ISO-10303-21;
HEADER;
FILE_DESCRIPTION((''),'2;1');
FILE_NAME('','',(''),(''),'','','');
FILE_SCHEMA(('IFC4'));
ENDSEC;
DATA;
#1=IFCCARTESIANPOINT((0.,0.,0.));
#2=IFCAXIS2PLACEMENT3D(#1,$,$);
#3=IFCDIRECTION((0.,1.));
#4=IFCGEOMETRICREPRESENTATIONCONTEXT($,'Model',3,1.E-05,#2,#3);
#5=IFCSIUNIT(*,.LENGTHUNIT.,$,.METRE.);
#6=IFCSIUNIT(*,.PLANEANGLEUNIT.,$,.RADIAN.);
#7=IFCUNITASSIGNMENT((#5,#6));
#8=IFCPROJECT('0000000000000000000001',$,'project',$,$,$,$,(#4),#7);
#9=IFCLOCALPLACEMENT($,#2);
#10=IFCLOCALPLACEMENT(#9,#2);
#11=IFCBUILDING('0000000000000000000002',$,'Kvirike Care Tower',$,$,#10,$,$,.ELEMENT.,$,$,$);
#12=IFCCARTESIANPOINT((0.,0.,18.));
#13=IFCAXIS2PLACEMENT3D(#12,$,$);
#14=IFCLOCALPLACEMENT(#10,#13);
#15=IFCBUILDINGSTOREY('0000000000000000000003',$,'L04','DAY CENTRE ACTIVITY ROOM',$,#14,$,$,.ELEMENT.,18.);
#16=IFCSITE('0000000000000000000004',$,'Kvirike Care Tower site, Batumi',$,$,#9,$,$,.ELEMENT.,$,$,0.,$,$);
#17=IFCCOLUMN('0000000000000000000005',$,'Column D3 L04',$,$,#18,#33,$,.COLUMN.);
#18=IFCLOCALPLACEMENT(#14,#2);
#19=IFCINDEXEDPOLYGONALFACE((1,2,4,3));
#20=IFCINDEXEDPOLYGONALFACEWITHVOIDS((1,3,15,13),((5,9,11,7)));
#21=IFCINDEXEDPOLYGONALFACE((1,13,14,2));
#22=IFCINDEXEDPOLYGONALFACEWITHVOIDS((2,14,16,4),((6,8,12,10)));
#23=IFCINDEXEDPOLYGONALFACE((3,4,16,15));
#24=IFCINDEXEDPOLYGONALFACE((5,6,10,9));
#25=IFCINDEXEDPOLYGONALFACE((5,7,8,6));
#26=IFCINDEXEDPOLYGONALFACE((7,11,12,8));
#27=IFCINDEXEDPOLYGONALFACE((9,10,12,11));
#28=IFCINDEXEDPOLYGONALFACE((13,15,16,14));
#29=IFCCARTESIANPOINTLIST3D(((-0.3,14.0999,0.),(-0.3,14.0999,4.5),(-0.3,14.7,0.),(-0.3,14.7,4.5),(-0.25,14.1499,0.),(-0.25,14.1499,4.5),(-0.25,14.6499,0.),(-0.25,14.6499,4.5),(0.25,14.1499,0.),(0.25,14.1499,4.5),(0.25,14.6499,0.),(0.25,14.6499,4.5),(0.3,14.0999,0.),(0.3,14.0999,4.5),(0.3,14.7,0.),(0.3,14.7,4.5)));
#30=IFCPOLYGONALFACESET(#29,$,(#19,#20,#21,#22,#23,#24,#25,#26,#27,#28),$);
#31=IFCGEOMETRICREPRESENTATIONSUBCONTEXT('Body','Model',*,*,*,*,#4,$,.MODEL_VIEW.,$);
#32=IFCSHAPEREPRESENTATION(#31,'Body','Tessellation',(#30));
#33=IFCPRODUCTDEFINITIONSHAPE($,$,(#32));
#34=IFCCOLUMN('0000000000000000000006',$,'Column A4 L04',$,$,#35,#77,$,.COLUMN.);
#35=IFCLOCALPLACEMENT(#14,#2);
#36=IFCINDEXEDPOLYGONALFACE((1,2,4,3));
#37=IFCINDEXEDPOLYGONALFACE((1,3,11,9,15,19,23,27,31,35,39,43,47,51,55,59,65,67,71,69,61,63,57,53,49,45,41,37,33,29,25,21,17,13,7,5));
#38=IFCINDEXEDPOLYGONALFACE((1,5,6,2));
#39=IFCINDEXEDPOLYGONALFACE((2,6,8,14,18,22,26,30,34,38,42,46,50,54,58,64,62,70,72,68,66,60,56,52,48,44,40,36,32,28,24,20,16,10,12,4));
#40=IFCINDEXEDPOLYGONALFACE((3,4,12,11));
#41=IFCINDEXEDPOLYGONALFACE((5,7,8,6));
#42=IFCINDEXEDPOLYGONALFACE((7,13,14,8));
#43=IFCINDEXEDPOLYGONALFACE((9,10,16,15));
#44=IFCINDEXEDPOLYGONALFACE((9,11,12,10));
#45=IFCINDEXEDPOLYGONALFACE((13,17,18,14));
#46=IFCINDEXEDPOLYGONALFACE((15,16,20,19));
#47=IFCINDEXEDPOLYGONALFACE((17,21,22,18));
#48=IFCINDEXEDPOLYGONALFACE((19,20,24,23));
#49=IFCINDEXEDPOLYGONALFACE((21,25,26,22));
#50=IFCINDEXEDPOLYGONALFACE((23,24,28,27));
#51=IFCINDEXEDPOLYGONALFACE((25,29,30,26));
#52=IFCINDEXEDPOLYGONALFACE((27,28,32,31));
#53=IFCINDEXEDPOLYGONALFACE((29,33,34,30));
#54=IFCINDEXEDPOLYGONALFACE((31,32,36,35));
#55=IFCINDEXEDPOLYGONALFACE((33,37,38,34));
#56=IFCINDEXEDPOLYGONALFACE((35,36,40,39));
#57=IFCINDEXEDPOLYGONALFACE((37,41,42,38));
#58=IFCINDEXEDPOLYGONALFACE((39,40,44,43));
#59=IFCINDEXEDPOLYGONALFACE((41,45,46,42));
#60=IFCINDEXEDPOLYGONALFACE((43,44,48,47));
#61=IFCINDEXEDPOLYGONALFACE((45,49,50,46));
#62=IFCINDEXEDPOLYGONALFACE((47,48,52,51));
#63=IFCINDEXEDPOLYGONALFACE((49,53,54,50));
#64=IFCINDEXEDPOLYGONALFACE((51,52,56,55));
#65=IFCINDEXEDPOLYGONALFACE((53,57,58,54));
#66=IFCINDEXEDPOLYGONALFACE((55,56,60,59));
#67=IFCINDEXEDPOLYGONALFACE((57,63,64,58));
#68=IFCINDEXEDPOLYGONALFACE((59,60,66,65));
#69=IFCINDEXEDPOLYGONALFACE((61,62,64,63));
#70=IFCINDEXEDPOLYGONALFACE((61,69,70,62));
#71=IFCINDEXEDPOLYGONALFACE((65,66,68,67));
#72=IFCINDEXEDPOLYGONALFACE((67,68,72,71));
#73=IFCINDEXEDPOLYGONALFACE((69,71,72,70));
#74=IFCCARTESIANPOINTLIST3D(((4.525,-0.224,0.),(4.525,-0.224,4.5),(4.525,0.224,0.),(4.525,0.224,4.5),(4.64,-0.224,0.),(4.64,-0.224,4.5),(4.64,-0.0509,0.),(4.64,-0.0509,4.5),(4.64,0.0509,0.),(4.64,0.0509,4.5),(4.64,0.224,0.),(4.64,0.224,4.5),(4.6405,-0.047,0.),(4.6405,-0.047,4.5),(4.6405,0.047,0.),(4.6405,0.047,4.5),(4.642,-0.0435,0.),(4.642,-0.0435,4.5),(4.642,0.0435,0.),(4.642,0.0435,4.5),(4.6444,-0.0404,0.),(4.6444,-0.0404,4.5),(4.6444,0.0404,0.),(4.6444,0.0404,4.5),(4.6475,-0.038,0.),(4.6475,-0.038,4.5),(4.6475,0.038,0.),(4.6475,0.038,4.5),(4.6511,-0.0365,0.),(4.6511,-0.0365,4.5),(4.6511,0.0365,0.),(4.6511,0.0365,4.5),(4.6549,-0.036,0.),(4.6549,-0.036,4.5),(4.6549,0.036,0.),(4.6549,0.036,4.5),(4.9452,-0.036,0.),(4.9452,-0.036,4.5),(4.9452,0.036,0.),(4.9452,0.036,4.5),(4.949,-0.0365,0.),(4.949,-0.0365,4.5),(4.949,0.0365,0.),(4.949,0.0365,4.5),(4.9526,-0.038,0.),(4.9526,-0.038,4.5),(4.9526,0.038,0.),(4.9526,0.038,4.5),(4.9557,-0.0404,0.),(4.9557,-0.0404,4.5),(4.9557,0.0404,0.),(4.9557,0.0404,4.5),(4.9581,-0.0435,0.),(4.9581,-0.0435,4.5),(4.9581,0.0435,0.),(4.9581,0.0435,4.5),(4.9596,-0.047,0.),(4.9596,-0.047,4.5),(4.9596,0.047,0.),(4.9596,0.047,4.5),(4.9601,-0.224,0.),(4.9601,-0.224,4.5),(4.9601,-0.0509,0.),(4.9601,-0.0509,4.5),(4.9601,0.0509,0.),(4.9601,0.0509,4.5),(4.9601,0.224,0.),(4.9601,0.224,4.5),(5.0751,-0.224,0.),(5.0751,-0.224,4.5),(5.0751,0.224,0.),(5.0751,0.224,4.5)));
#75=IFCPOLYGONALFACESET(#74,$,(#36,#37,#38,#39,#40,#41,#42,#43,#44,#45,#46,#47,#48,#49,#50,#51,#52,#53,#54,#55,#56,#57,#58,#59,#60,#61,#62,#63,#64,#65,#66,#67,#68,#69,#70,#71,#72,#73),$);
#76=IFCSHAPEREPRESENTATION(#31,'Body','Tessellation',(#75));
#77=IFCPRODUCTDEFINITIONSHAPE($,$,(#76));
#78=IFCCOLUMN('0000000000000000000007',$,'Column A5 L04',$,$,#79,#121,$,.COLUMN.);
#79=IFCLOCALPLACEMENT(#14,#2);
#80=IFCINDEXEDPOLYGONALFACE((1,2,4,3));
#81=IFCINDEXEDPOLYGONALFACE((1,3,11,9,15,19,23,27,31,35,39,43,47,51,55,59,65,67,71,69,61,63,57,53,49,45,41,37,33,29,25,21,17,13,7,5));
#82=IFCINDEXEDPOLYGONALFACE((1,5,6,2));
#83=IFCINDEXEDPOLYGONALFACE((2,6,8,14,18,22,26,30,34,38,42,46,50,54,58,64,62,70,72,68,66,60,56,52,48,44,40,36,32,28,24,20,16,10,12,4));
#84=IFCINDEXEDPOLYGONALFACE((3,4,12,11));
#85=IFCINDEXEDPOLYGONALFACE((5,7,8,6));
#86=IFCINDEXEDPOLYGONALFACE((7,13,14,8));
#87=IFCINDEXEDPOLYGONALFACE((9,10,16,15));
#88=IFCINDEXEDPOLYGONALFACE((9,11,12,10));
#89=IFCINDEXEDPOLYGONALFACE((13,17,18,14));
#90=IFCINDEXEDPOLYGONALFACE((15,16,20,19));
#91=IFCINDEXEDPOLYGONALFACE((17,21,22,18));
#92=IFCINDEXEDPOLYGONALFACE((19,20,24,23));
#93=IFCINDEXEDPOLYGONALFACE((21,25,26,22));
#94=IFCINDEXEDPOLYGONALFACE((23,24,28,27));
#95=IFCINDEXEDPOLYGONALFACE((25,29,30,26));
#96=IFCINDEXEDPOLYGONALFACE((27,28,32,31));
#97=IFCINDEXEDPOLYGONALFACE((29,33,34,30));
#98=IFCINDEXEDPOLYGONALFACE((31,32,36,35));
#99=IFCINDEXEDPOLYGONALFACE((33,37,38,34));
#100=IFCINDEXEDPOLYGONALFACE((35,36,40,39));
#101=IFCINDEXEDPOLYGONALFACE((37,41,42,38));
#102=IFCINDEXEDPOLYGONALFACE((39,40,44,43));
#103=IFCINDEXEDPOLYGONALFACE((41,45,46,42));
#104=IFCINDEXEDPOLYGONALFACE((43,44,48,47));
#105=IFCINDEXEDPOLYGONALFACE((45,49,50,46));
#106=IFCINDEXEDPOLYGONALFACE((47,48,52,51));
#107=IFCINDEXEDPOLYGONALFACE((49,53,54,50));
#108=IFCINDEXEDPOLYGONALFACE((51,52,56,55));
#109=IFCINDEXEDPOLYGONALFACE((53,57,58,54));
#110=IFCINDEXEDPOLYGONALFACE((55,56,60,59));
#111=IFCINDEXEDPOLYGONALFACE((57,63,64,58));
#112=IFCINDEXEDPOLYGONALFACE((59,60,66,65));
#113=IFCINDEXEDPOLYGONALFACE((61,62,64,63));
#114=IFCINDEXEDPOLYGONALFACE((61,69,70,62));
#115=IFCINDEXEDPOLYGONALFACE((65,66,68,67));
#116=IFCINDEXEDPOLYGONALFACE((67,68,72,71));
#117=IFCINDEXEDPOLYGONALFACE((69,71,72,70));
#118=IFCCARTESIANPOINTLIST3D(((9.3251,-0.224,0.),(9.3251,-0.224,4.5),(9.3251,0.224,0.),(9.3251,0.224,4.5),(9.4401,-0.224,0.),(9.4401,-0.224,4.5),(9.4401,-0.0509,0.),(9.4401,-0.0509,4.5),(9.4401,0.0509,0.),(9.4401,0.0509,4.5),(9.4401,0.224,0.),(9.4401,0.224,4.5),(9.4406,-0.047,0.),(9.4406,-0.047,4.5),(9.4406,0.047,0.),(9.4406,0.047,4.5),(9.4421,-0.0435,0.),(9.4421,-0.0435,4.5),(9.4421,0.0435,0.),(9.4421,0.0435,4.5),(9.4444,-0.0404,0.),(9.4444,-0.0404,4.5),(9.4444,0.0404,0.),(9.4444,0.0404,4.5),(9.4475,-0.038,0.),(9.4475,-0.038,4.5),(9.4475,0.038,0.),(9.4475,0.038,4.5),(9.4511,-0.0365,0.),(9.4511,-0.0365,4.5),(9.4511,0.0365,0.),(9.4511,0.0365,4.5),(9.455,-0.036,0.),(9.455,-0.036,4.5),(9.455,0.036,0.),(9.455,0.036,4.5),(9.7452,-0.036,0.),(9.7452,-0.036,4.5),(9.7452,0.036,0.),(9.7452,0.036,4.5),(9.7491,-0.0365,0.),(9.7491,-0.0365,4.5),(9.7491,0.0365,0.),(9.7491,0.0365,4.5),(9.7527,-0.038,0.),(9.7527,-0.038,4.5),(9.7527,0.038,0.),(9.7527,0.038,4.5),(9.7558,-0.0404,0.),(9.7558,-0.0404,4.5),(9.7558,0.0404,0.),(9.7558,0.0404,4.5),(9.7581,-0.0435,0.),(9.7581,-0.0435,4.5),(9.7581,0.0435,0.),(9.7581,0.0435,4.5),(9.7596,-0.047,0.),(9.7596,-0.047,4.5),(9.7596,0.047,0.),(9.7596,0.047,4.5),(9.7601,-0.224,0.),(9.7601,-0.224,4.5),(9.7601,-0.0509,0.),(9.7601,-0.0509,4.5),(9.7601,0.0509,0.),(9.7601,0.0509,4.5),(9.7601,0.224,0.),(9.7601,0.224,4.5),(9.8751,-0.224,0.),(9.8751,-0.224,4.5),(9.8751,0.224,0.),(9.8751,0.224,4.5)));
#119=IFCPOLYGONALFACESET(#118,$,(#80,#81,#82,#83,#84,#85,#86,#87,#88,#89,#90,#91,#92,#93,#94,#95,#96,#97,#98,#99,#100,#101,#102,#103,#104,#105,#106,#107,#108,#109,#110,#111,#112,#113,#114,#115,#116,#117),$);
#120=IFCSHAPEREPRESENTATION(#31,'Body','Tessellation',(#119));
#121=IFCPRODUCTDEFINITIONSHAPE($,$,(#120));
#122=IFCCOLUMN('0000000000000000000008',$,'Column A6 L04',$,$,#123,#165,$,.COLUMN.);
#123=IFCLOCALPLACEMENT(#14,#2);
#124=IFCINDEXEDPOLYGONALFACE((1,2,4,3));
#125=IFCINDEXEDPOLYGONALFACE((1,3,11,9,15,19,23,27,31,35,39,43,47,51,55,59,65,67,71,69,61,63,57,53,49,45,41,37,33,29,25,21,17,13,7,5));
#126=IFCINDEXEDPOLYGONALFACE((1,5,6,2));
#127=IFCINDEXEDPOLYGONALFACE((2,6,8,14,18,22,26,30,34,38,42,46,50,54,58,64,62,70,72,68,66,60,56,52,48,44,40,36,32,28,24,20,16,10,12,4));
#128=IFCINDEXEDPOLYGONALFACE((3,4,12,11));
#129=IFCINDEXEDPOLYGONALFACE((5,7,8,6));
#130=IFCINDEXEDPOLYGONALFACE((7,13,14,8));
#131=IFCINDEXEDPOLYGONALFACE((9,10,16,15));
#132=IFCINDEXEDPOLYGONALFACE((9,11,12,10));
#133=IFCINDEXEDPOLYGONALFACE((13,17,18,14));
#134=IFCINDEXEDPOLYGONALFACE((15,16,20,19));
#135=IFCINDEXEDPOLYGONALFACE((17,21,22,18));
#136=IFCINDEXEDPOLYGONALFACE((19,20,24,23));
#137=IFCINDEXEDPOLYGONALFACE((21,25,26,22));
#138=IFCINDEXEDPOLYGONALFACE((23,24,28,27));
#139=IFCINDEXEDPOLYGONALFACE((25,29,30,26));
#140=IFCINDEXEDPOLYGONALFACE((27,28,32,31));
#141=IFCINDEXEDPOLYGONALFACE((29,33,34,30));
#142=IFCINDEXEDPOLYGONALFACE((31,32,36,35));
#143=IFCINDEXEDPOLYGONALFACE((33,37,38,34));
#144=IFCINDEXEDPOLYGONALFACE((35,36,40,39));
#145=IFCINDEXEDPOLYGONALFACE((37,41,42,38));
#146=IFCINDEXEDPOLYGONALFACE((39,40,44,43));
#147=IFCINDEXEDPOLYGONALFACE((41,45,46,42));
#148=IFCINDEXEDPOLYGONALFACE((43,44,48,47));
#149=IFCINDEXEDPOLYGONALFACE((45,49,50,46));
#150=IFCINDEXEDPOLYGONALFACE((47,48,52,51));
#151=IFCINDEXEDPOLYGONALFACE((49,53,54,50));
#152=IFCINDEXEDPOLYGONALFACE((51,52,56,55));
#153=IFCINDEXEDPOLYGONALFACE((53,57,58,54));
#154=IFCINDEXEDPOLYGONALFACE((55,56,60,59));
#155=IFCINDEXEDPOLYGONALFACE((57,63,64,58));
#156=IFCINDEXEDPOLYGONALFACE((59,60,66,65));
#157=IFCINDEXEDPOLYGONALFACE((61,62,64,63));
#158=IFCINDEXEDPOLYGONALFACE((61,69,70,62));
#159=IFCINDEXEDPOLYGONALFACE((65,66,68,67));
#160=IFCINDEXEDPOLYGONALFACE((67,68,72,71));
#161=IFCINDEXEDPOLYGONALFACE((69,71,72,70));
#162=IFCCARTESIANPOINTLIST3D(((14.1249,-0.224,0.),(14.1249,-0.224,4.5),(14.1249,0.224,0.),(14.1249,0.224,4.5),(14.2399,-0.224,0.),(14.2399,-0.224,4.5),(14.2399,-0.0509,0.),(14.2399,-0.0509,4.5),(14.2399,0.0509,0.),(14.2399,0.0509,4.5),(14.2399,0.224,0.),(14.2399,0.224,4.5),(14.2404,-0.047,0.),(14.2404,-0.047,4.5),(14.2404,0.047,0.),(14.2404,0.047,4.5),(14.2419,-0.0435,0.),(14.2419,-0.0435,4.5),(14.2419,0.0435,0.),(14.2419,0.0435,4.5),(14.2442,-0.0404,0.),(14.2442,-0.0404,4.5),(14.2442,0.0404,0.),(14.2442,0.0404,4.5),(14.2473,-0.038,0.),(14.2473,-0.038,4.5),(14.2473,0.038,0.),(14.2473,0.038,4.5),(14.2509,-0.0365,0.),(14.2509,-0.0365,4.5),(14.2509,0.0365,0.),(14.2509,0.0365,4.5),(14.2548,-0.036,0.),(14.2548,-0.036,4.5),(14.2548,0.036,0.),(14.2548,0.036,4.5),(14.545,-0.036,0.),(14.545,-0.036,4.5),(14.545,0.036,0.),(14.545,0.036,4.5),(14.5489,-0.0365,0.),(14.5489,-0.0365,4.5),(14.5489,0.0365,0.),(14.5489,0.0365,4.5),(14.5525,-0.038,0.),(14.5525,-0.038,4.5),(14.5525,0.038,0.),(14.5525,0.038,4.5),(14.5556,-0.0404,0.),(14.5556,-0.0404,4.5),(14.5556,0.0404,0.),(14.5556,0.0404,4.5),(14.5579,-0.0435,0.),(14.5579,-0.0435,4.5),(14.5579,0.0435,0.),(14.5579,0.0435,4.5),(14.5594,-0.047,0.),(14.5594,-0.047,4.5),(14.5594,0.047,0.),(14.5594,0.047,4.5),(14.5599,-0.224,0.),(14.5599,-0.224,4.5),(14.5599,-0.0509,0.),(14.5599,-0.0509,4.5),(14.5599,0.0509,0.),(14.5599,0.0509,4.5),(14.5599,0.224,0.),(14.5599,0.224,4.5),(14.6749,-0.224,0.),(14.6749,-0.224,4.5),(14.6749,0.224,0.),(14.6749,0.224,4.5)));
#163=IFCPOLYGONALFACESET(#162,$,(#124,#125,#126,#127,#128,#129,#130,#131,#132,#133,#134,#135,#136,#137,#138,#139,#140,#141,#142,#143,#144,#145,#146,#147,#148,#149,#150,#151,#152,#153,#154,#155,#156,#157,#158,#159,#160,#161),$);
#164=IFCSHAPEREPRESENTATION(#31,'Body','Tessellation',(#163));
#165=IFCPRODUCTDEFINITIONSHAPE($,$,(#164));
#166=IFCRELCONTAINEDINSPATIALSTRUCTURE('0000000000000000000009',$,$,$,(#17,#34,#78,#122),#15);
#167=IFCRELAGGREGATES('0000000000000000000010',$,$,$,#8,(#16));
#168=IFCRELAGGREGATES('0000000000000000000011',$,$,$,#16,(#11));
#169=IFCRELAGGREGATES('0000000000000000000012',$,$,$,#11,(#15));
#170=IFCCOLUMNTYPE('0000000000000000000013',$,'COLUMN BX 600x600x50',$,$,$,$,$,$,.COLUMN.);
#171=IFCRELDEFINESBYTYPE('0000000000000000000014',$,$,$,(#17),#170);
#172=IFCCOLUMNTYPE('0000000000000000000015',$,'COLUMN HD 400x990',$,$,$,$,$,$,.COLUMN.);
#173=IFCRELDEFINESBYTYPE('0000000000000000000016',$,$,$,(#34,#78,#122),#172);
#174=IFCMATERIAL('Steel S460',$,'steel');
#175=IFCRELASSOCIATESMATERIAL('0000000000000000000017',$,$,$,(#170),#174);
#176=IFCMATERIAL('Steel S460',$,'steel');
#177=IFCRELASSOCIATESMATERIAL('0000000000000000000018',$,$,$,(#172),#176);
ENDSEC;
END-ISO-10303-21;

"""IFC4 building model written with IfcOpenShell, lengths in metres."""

from ifc_helpers import new_model, si_unit, direction, frame, origin, origin_2d, place, context, subcontext, project, spatial, hollow_rectangle, i_section, extrude, material, material_profile, profile_set, type_object, element, save


model = new_model("IFC4")

# Units and contexts
model_context = context("Model", 3, precision=1e-05, world=origin(), true_north=direction((0.0, 1.0)))
body_context = subcontext(model_context, "Body", "Model", "MODEL_VIEW")
ifc_project = project(units=[si_unit("LENGTHUNIT", "METRE"), si_unit("PLANEANGLEUNIT", "RADIAN")], contexts=[model_context])

# Site, building, storey
site_placement = place(None, origin())
site = spatial("IfcSite", under=ifc_project, at=site_placement, Name="Kvirike Care Tower site, Batumi", CompositionType="ELEMENT", RefElevation=0.0)
building_placement = place(site_placement, origin())
building = spatial("IfcBuilding", under=site, at=building_placement, Name="Kvirike Care Tower", CompositionType="ELEMENT")
storey_placement = place(building_placement, frame((0.0, 0.0, 18.0)))
storey = spatial("IfcBuildingStorey", under=building, at=storey_placement, Name="L04", Description="DAY CENTRE ACTIVITY ROOM", CompositionType="ELEMENT", Elevation=18.0)

# Columns
ifc_material_1 = material(Name="Steel S460", Category="steel")
ifc_material_profile_1 = material_profile(ifc_material_1, hollow_rectangle(XDim=0.6001, YDim=0.6001, WallThickness=0.05, at=origin_2d()), Name="BX 600x600x50")
ifc_profile_set_1 = profile_set([ifc_material_profile_1], Name="Steel S460")
column_type_1 = type_object("IfcColumnType", Name="COLUMN BX 600x600x50", PredefinedType="COLUMN", material=ifc_profile_set_1)
column_placement = place(storey_placement, frame((0.0, 14.3999, 0.0), z_axis=(0.0, 0.0, 1.0), x_axis=(0.0, 1.0, 0.0)))
element("IfcColumn", 1, at=column_placement, inside=storey, type_object=column_type_1, Name="Column D3 L04", PredefinedType="COLUMN", context=body_context, shape_type="SweptSolid", body=[
    extrude(hollow_rectangle(XDim=0.6001, YDim=0.6001, WallThickness=0.05, at=origin_2d()), origin(), (0.0, 0.0, 1.0), 4.5),
])
ifc_material_2 = material(Name="Steel S460", Category="steel")
ifc_material_profile_2 = material_profile(ifc_material_2, i_section(OverallWidth=0.448, OverallDepth=0.55, WebThickness=0.072, FlangeThickness=0.115, FilletRadius=0.0149, at=origin_2d()), Name="HD 400x990")
ifc_profile_set_2 = profile_set([ifc_material_profile_2], Name="Steel S460")
column_type_2 = type_object("IfcColumnType", Name="COLUMN HD 400x990", PredefinedType="COLUMN", material=ifc_profile_set_2)
for number, where, z_axis, x_axis, name in (
    (2, (4.8, 0.0, 0.0), (0.0, 0.0, 1.0), (0.0, 1.0, 0.0), "Column A4 L04"),
    (3, (9.6001, 0.0, 0.0), (0.0, 0.0, 1.0), (0.0, 1.0, 0.0), "Column A5 L04"),
    (4, (14.3999, 0.0, 0.0), (0.0, 0.0, 1.0), (0.0, 1.0, 0.0), "Column A6 L04"),
):
    element("IfcColumn", number, at=place(storey_placement, frame(where, z_axis=z_axis, x_axis=x_axis)), inside=storey, type_object=column_type_2, Name=name, PredefinedType="COLUMN", context=body_context, shape_type="SweptSolid", body=[
        extrude(i_section(OverallWidth=0.448, OverallDepth=0.55, WebThickness=0.072, FlangeThickness=0.115, FilletRadius=0.0149, at=origin_2d()), origin(), (0.0, 0.0, 1.0), 4.5),
    ])

save(model, "model.ifc")
